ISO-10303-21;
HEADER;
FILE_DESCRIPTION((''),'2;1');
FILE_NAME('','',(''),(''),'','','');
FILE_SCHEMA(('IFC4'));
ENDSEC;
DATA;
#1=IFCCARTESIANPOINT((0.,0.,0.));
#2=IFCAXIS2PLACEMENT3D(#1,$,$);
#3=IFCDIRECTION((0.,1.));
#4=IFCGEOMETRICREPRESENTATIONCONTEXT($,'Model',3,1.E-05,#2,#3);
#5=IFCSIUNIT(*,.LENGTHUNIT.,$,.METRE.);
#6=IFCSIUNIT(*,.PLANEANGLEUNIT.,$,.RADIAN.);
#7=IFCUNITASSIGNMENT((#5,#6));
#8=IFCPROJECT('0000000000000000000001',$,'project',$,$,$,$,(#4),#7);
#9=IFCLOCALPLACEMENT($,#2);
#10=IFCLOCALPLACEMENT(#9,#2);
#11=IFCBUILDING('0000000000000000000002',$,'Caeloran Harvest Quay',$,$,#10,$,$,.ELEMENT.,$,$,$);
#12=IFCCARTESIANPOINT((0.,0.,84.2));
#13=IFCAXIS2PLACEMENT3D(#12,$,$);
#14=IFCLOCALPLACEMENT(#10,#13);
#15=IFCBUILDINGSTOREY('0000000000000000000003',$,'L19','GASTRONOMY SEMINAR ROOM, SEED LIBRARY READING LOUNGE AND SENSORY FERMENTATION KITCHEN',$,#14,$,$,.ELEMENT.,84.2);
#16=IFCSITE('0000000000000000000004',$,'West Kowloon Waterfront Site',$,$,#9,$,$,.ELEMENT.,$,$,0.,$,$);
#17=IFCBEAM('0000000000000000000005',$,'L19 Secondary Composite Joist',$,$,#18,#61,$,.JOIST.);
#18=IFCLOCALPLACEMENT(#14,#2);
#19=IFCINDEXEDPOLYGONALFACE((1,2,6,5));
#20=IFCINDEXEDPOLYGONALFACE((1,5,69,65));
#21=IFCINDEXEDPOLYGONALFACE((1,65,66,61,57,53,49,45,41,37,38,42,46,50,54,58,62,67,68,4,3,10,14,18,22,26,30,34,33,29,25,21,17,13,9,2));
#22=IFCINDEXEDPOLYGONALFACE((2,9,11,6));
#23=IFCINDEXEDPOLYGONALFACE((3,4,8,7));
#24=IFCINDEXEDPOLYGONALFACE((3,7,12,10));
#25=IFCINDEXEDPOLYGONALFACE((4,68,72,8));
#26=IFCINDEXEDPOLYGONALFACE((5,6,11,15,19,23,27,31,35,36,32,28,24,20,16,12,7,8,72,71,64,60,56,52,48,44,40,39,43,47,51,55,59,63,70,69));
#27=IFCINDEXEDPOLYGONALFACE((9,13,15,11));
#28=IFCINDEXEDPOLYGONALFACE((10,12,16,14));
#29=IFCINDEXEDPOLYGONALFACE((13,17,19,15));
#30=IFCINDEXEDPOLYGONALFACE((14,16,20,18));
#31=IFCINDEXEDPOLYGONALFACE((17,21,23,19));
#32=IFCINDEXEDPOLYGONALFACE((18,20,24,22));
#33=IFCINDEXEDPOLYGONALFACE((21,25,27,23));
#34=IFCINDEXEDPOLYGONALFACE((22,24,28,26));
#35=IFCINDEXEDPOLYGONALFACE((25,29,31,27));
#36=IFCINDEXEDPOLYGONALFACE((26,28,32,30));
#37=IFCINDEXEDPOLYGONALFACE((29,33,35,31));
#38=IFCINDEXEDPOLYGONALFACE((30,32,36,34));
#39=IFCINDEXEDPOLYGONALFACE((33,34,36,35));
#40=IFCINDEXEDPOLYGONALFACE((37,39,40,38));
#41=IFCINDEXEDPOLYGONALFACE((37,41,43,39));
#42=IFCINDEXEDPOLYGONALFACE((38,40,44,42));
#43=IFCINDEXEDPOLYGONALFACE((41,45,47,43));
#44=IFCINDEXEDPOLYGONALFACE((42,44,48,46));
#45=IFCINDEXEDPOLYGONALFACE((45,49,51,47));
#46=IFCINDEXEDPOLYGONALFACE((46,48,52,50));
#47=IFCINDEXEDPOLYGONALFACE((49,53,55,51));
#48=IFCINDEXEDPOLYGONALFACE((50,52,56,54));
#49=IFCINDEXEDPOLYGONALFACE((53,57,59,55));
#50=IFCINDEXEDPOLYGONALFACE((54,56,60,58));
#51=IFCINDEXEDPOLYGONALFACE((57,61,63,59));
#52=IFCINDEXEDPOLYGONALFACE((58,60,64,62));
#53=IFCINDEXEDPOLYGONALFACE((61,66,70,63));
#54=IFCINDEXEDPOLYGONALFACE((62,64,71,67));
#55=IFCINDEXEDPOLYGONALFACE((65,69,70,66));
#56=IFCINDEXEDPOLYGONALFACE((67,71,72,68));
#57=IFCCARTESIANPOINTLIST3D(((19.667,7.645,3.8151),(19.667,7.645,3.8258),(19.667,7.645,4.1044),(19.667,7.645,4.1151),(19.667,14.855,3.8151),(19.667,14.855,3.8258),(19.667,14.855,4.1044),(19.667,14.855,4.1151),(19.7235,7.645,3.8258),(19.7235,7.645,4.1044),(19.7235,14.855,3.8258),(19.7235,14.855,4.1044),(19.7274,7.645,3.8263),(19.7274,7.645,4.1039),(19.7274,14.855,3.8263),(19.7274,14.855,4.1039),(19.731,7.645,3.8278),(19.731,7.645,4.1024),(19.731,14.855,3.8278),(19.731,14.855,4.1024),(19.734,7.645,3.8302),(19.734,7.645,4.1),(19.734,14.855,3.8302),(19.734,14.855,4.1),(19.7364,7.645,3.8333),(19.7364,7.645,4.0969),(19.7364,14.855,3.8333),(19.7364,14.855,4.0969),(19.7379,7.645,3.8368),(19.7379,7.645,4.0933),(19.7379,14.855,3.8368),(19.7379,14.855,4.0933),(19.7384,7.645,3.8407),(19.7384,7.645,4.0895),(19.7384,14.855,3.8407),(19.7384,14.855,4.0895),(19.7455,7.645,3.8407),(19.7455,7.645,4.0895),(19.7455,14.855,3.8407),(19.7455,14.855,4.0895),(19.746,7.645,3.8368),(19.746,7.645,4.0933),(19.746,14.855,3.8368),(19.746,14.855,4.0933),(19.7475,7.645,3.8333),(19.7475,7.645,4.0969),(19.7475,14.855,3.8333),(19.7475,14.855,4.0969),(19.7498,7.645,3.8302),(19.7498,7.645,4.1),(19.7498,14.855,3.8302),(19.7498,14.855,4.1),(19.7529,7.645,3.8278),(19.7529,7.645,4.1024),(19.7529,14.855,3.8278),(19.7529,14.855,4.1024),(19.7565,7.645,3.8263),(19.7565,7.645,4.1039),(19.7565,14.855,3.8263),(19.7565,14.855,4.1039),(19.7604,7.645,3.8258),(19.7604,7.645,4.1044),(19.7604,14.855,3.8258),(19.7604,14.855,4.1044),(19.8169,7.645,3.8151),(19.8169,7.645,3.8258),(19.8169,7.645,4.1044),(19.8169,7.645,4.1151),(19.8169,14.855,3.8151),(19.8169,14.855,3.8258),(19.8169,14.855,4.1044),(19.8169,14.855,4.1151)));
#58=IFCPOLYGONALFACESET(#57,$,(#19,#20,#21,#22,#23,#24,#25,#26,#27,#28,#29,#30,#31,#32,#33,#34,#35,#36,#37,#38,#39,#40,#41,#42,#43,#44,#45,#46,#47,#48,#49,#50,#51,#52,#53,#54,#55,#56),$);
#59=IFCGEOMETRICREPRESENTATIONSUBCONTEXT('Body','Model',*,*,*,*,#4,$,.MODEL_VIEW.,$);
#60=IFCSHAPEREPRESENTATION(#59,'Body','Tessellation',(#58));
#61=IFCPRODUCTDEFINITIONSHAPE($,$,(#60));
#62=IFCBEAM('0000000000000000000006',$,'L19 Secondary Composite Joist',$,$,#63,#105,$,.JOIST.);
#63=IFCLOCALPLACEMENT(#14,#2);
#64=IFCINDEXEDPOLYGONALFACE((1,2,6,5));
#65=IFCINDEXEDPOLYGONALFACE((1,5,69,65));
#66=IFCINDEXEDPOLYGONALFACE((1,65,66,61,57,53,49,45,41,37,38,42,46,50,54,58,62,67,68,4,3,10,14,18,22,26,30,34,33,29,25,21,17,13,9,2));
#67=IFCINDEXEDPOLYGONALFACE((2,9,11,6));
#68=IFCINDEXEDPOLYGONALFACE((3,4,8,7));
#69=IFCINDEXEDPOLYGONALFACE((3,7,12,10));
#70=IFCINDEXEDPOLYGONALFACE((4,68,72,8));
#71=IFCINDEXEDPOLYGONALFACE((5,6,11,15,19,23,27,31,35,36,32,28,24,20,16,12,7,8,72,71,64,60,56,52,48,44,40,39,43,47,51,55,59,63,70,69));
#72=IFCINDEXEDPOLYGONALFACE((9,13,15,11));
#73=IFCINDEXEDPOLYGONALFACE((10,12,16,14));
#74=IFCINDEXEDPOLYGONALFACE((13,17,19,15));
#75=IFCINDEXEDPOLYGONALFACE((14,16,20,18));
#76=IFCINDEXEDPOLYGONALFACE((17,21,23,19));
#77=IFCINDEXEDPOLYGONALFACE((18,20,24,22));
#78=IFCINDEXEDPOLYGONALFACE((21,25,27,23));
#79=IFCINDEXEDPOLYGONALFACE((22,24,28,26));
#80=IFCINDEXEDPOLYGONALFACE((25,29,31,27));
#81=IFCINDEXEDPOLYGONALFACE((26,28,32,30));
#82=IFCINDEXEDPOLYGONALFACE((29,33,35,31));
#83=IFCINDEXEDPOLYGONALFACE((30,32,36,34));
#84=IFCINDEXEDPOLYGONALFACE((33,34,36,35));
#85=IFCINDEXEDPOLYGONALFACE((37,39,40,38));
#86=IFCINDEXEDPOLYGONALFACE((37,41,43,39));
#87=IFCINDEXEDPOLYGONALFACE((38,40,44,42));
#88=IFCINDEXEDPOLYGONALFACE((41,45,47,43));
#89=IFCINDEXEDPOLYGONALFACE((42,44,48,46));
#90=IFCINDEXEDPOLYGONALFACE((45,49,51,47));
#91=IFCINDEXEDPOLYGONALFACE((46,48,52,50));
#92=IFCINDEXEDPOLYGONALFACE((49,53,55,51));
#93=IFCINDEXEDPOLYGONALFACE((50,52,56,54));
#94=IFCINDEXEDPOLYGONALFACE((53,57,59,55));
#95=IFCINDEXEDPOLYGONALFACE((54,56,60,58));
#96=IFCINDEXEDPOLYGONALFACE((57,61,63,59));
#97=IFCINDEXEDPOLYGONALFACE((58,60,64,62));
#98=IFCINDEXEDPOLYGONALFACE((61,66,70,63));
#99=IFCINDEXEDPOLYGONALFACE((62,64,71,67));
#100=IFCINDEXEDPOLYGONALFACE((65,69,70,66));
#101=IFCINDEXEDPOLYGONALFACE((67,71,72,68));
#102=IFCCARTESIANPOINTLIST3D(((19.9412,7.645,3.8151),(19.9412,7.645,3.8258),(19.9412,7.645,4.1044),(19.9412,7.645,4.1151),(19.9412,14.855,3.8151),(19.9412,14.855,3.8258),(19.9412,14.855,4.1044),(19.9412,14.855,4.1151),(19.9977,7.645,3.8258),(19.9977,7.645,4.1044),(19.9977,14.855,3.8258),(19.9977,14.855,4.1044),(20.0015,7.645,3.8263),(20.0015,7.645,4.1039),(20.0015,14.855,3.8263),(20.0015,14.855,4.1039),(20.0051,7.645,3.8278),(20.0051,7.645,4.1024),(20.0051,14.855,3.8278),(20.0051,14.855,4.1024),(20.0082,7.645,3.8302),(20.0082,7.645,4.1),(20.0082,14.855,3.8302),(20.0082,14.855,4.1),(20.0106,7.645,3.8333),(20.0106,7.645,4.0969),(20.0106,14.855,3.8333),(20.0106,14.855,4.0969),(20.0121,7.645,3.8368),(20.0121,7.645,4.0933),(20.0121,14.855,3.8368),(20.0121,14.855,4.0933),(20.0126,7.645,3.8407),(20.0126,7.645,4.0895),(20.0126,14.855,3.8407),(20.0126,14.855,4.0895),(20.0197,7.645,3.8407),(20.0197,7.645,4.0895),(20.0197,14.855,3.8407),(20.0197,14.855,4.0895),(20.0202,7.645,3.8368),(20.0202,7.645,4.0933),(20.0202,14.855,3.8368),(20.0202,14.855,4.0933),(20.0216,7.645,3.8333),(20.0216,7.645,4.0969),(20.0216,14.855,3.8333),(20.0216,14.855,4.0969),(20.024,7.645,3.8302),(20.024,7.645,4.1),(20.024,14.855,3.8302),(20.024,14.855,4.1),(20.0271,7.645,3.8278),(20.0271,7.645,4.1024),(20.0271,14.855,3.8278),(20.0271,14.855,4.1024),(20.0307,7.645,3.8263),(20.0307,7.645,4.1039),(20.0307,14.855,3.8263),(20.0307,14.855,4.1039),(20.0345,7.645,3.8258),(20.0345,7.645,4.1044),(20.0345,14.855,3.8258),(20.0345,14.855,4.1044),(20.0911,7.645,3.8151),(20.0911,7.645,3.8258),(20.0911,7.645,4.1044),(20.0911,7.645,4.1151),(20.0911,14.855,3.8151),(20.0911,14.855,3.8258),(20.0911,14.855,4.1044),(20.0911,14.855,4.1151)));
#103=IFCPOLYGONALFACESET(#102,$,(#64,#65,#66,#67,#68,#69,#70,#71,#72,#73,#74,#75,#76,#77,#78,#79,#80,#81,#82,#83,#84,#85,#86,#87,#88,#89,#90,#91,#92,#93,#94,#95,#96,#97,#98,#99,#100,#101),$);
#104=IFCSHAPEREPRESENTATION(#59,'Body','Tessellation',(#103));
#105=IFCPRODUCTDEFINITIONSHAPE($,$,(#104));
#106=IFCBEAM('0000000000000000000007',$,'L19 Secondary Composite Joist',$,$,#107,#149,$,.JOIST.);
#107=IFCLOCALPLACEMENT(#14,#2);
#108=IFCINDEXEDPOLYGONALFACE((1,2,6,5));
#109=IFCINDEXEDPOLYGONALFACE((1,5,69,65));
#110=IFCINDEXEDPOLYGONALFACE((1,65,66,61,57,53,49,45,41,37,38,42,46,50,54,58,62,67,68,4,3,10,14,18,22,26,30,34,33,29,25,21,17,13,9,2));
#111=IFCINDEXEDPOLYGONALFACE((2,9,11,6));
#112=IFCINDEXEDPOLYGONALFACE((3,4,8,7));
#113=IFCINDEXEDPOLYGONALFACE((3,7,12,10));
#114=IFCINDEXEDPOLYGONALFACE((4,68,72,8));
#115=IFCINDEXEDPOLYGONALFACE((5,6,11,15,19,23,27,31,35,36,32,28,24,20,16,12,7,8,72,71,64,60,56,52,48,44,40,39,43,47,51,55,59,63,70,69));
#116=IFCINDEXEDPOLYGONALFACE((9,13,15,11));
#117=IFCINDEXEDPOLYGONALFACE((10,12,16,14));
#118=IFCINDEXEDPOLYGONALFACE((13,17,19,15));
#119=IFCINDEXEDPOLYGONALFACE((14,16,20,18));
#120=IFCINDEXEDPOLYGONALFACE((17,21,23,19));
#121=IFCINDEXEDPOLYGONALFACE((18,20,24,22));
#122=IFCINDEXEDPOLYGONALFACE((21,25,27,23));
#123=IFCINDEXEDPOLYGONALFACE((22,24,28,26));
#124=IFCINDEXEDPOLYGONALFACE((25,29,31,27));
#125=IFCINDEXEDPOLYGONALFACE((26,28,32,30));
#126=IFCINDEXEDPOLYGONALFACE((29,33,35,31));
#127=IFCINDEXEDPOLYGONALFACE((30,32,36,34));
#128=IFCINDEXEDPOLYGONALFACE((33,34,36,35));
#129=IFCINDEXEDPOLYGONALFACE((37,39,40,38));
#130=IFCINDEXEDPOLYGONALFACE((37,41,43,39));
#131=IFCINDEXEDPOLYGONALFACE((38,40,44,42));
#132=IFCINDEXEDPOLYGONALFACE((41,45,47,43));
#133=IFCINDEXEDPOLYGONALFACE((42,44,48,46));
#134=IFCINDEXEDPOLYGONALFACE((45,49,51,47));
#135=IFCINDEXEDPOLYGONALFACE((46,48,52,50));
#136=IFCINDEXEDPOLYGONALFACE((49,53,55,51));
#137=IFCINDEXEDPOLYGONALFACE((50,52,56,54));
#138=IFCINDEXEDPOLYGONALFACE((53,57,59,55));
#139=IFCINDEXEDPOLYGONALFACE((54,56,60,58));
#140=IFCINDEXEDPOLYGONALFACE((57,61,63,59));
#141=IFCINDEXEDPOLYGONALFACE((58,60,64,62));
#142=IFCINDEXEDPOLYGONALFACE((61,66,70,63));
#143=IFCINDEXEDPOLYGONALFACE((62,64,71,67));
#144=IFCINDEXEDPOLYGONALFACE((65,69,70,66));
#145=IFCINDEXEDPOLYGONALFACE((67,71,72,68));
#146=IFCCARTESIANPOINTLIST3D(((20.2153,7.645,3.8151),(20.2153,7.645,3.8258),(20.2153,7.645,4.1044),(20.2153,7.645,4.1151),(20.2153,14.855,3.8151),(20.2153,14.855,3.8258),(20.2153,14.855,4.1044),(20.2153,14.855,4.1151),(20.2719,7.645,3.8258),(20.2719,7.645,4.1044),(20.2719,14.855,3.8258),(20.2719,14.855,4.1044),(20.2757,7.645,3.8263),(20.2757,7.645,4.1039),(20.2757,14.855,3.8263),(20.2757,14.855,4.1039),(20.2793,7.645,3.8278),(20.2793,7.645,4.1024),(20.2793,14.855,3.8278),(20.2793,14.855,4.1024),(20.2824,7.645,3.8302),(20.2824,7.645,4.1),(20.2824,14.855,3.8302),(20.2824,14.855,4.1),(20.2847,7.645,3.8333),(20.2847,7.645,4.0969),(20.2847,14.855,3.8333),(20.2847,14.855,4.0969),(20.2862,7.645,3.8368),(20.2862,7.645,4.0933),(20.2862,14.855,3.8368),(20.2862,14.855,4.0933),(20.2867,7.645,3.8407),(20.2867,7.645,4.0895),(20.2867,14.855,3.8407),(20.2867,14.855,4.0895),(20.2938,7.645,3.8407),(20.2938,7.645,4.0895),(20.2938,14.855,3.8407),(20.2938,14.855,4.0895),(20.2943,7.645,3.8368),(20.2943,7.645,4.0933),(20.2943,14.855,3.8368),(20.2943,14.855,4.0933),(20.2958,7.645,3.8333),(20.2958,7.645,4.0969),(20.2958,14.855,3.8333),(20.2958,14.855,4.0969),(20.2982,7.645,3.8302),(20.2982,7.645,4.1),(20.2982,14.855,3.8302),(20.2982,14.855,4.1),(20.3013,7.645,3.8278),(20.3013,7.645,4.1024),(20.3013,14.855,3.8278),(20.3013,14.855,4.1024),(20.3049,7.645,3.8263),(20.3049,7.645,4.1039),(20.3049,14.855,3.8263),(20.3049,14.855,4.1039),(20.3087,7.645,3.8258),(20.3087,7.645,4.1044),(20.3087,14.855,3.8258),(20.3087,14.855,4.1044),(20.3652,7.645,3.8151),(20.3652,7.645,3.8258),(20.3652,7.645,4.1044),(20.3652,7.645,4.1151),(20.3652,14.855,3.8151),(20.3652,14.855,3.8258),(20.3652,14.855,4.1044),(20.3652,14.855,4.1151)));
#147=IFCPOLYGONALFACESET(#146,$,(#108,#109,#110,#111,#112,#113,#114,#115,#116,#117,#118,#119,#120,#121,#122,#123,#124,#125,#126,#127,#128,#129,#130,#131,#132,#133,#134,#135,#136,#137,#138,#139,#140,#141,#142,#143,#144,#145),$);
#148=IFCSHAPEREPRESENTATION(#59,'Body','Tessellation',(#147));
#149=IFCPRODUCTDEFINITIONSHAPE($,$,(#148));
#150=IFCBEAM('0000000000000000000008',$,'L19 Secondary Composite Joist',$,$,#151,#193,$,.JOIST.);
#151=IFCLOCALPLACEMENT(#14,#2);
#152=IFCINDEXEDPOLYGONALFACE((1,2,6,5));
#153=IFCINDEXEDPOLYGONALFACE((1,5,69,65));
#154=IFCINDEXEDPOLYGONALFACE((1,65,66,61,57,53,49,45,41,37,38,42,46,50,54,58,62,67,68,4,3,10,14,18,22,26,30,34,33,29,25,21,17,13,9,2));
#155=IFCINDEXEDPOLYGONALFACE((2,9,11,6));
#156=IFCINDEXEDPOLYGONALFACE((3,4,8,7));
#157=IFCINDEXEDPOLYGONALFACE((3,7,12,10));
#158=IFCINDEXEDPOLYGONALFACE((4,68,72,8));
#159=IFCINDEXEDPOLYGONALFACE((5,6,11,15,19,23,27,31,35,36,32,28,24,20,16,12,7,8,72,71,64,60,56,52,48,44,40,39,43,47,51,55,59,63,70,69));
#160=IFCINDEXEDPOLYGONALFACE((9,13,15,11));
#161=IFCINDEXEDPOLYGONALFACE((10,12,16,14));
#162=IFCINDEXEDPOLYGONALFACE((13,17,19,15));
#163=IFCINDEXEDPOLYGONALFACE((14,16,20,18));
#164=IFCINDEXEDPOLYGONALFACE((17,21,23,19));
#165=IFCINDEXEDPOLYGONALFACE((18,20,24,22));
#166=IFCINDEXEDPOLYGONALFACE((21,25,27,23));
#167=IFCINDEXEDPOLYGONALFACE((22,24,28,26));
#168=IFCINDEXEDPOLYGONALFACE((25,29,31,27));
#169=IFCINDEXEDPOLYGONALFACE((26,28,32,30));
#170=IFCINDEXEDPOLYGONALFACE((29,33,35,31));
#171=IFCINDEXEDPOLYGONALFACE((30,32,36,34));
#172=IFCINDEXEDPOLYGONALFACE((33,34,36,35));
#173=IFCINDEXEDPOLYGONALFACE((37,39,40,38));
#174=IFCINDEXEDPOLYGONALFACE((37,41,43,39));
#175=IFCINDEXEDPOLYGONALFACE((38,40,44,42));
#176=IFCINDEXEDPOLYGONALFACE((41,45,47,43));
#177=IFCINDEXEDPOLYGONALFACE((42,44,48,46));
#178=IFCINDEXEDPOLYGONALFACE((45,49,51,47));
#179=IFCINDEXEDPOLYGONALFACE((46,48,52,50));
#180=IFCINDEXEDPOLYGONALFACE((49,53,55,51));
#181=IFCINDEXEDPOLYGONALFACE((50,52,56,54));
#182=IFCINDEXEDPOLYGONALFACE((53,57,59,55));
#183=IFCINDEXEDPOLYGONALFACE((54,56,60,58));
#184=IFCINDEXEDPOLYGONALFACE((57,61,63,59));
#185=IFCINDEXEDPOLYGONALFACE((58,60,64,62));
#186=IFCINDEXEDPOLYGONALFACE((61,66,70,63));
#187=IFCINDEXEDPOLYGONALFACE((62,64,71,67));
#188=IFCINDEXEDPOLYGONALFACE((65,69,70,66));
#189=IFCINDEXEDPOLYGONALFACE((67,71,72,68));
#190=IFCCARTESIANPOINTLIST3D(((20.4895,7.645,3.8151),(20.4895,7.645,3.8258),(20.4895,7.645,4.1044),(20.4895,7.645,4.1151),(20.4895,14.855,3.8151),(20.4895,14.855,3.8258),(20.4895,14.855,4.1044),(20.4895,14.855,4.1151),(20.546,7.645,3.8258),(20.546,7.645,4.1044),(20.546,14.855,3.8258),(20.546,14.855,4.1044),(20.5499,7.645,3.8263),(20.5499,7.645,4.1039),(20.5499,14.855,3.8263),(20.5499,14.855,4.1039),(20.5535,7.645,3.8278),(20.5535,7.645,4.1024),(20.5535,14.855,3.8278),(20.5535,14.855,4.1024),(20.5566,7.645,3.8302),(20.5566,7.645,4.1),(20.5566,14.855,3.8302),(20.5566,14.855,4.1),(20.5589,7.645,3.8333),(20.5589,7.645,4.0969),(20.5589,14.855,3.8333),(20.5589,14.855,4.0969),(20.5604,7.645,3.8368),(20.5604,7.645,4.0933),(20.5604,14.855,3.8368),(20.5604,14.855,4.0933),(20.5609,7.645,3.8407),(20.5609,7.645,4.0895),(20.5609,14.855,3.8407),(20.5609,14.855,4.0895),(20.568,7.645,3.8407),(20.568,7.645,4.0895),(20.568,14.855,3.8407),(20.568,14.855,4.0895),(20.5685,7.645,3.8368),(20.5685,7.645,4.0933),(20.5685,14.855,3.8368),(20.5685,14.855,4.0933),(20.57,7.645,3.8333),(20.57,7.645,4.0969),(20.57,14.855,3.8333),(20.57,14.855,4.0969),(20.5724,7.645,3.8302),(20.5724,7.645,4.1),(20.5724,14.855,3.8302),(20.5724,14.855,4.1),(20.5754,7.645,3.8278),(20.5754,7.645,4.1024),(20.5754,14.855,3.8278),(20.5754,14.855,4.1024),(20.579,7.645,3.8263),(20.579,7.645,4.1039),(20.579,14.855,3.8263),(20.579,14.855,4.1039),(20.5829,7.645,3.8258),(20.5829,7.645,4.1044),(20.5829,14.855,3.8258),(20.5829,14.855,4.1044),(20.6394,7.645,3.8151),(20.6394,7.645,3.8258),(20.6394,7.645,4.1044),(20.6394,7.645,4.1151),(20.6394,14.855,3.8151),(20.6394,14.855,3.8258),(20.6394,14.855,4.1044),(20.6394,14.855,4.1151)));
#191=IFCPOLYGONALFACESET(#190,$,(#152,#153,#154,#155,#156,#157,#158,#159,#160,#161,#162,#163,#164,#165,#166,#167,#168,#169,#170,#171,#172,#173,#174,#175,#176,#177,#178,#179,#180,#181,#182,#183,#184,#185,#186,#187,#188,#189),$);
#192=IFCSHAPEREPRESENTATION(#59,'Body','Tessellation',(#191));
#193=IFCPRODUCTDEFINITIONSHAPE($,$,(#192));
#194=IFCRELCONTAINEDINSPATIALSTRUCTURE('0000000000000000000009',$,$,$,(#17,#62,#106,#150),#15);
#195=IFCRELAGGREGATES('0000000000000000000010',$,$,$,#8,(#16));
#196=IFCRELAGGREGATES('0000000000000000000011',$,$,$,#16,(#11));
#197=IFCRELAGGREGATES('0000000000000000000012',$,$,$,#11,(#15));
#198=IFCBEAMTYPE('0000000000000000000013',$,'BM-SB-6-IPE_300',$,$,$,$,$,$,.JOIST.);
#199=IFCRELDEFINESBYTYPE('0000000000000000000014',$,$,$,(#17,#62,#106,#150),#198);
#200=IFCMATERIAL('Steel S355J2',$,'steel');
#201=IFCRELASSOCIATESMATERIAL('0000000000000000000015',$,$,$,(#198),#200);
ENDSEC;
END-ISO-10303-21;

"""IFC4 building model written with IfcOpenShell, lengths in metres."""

from ifc_helpers import new_model, si_unit, direction, frame, origin, origin_2d, place, context, subcontext, project, spatial, i_section, extrude, material, material_profile, profile_set, type_object, element, save


model = new_model("IFC4")

# Units and contexts
model_context = context("Model", 3, precision=1e-05, world=origin(), true_north=direction((0.0, 1.0)))
body_context = subcontext(model_context, "Body", "Model", "MODEL_VIEW")
ifc_project = project(units=[si_unit("LENGTHUNIT", "METRE"), si_unit("PLANEANGLEUNIT", "RADIAN")], contexts=[model_context])

# Site, building, storey
site_placement = place(None, origin())
site = spatial("IfcSite", under=ifc_project, at=site_placement, Name="West Kowloon Waterfront Site", CompositionType="ELEMENT", RefElevation=0.0)
building_placement = place(site_placement, origin())
building = spatial("IfcBuilding", under=site, at=building_placement, Name="Caeloran Harvest Quay", CompositionType="ELEMENT")
storey_placement = place(building_placement, frame((0.0, 0.0, 84.2)))
storey = spatial("IfcBuildingStorey", under=building, at=storey_placement, Name="L19", Description="GASTRONOMY SEMINAR ROOM, SEED LIBRARY READING LOUNGE AND SENSORY FERMENTATION KITCHEN", CompositionType="ELEMENT", Elevation=84.2)

# Beams
ifc_material_1 = material(Name="Steel S355J2", Category="steel")
ifc_material_profile_1 = material_profile(ifc_material_1, i_section(OverallWidth=0.1499, OverallDepth=0.3, WebThickness=0.0071, FlangeThickness=0.0107, FilletRadius=0.0149, at=origin_2d()), Name="IPE 300")
ifc_profile_set_1 = profile_set([ifc_material_profile_1], Name="Steel S355J2")
beam_type_1 = type_object("IfcBeamType", Name="BM-SB-6-IPE_300", PredefinedType="JOIST", material=ifc_profile_set_1)
for number, where, z_axis, x_axis, name in (
    (1, (19.7419, 7.645, 3.9651), (0.0, 1.0, 0.0), (-1.0, 0.0, 0.0), "L19 Secondary Composite Joist"),
    (2, (20.0161, 7.645, 3.9651), (0.0, 1.0, 0.0), (-1.0, 0.0, 0.0), "L19 Secondary Composite Joist"),
    (3, (20.2903, 7.645, 3.9651), (0.0, 1.0, 0.0), (-1.0, 0.0, 0.0), "L19 Secondary Composite Joist"),
    (4, (20.5645, 7.645, 3.9651), (0.0, 1.0, 0.0), (-1.0, 0.0, 0.0), "L19 Secondary Composite Joist"),
):
    element("IfcBeam", number, at=place(storey_placement, frame(where, z_axis=z_axis, x_axis=x_axis)), inside=storey, type_object=beam_type_1, Name=name, PredefinedType="JOIST", context=body_context, shape_type="SweptSolid", body=[
        extrude(i_section(OverallWidth=0.1499, OverallDepth=0.3, WebThickness=0.0071, FlangeThickness=0.0107, FilletRadius=0.0149, at=origin_2d()), origin(), (0.0, 0.0, 1.0), 7.21),
    ])

save(model, "model.ifc")
